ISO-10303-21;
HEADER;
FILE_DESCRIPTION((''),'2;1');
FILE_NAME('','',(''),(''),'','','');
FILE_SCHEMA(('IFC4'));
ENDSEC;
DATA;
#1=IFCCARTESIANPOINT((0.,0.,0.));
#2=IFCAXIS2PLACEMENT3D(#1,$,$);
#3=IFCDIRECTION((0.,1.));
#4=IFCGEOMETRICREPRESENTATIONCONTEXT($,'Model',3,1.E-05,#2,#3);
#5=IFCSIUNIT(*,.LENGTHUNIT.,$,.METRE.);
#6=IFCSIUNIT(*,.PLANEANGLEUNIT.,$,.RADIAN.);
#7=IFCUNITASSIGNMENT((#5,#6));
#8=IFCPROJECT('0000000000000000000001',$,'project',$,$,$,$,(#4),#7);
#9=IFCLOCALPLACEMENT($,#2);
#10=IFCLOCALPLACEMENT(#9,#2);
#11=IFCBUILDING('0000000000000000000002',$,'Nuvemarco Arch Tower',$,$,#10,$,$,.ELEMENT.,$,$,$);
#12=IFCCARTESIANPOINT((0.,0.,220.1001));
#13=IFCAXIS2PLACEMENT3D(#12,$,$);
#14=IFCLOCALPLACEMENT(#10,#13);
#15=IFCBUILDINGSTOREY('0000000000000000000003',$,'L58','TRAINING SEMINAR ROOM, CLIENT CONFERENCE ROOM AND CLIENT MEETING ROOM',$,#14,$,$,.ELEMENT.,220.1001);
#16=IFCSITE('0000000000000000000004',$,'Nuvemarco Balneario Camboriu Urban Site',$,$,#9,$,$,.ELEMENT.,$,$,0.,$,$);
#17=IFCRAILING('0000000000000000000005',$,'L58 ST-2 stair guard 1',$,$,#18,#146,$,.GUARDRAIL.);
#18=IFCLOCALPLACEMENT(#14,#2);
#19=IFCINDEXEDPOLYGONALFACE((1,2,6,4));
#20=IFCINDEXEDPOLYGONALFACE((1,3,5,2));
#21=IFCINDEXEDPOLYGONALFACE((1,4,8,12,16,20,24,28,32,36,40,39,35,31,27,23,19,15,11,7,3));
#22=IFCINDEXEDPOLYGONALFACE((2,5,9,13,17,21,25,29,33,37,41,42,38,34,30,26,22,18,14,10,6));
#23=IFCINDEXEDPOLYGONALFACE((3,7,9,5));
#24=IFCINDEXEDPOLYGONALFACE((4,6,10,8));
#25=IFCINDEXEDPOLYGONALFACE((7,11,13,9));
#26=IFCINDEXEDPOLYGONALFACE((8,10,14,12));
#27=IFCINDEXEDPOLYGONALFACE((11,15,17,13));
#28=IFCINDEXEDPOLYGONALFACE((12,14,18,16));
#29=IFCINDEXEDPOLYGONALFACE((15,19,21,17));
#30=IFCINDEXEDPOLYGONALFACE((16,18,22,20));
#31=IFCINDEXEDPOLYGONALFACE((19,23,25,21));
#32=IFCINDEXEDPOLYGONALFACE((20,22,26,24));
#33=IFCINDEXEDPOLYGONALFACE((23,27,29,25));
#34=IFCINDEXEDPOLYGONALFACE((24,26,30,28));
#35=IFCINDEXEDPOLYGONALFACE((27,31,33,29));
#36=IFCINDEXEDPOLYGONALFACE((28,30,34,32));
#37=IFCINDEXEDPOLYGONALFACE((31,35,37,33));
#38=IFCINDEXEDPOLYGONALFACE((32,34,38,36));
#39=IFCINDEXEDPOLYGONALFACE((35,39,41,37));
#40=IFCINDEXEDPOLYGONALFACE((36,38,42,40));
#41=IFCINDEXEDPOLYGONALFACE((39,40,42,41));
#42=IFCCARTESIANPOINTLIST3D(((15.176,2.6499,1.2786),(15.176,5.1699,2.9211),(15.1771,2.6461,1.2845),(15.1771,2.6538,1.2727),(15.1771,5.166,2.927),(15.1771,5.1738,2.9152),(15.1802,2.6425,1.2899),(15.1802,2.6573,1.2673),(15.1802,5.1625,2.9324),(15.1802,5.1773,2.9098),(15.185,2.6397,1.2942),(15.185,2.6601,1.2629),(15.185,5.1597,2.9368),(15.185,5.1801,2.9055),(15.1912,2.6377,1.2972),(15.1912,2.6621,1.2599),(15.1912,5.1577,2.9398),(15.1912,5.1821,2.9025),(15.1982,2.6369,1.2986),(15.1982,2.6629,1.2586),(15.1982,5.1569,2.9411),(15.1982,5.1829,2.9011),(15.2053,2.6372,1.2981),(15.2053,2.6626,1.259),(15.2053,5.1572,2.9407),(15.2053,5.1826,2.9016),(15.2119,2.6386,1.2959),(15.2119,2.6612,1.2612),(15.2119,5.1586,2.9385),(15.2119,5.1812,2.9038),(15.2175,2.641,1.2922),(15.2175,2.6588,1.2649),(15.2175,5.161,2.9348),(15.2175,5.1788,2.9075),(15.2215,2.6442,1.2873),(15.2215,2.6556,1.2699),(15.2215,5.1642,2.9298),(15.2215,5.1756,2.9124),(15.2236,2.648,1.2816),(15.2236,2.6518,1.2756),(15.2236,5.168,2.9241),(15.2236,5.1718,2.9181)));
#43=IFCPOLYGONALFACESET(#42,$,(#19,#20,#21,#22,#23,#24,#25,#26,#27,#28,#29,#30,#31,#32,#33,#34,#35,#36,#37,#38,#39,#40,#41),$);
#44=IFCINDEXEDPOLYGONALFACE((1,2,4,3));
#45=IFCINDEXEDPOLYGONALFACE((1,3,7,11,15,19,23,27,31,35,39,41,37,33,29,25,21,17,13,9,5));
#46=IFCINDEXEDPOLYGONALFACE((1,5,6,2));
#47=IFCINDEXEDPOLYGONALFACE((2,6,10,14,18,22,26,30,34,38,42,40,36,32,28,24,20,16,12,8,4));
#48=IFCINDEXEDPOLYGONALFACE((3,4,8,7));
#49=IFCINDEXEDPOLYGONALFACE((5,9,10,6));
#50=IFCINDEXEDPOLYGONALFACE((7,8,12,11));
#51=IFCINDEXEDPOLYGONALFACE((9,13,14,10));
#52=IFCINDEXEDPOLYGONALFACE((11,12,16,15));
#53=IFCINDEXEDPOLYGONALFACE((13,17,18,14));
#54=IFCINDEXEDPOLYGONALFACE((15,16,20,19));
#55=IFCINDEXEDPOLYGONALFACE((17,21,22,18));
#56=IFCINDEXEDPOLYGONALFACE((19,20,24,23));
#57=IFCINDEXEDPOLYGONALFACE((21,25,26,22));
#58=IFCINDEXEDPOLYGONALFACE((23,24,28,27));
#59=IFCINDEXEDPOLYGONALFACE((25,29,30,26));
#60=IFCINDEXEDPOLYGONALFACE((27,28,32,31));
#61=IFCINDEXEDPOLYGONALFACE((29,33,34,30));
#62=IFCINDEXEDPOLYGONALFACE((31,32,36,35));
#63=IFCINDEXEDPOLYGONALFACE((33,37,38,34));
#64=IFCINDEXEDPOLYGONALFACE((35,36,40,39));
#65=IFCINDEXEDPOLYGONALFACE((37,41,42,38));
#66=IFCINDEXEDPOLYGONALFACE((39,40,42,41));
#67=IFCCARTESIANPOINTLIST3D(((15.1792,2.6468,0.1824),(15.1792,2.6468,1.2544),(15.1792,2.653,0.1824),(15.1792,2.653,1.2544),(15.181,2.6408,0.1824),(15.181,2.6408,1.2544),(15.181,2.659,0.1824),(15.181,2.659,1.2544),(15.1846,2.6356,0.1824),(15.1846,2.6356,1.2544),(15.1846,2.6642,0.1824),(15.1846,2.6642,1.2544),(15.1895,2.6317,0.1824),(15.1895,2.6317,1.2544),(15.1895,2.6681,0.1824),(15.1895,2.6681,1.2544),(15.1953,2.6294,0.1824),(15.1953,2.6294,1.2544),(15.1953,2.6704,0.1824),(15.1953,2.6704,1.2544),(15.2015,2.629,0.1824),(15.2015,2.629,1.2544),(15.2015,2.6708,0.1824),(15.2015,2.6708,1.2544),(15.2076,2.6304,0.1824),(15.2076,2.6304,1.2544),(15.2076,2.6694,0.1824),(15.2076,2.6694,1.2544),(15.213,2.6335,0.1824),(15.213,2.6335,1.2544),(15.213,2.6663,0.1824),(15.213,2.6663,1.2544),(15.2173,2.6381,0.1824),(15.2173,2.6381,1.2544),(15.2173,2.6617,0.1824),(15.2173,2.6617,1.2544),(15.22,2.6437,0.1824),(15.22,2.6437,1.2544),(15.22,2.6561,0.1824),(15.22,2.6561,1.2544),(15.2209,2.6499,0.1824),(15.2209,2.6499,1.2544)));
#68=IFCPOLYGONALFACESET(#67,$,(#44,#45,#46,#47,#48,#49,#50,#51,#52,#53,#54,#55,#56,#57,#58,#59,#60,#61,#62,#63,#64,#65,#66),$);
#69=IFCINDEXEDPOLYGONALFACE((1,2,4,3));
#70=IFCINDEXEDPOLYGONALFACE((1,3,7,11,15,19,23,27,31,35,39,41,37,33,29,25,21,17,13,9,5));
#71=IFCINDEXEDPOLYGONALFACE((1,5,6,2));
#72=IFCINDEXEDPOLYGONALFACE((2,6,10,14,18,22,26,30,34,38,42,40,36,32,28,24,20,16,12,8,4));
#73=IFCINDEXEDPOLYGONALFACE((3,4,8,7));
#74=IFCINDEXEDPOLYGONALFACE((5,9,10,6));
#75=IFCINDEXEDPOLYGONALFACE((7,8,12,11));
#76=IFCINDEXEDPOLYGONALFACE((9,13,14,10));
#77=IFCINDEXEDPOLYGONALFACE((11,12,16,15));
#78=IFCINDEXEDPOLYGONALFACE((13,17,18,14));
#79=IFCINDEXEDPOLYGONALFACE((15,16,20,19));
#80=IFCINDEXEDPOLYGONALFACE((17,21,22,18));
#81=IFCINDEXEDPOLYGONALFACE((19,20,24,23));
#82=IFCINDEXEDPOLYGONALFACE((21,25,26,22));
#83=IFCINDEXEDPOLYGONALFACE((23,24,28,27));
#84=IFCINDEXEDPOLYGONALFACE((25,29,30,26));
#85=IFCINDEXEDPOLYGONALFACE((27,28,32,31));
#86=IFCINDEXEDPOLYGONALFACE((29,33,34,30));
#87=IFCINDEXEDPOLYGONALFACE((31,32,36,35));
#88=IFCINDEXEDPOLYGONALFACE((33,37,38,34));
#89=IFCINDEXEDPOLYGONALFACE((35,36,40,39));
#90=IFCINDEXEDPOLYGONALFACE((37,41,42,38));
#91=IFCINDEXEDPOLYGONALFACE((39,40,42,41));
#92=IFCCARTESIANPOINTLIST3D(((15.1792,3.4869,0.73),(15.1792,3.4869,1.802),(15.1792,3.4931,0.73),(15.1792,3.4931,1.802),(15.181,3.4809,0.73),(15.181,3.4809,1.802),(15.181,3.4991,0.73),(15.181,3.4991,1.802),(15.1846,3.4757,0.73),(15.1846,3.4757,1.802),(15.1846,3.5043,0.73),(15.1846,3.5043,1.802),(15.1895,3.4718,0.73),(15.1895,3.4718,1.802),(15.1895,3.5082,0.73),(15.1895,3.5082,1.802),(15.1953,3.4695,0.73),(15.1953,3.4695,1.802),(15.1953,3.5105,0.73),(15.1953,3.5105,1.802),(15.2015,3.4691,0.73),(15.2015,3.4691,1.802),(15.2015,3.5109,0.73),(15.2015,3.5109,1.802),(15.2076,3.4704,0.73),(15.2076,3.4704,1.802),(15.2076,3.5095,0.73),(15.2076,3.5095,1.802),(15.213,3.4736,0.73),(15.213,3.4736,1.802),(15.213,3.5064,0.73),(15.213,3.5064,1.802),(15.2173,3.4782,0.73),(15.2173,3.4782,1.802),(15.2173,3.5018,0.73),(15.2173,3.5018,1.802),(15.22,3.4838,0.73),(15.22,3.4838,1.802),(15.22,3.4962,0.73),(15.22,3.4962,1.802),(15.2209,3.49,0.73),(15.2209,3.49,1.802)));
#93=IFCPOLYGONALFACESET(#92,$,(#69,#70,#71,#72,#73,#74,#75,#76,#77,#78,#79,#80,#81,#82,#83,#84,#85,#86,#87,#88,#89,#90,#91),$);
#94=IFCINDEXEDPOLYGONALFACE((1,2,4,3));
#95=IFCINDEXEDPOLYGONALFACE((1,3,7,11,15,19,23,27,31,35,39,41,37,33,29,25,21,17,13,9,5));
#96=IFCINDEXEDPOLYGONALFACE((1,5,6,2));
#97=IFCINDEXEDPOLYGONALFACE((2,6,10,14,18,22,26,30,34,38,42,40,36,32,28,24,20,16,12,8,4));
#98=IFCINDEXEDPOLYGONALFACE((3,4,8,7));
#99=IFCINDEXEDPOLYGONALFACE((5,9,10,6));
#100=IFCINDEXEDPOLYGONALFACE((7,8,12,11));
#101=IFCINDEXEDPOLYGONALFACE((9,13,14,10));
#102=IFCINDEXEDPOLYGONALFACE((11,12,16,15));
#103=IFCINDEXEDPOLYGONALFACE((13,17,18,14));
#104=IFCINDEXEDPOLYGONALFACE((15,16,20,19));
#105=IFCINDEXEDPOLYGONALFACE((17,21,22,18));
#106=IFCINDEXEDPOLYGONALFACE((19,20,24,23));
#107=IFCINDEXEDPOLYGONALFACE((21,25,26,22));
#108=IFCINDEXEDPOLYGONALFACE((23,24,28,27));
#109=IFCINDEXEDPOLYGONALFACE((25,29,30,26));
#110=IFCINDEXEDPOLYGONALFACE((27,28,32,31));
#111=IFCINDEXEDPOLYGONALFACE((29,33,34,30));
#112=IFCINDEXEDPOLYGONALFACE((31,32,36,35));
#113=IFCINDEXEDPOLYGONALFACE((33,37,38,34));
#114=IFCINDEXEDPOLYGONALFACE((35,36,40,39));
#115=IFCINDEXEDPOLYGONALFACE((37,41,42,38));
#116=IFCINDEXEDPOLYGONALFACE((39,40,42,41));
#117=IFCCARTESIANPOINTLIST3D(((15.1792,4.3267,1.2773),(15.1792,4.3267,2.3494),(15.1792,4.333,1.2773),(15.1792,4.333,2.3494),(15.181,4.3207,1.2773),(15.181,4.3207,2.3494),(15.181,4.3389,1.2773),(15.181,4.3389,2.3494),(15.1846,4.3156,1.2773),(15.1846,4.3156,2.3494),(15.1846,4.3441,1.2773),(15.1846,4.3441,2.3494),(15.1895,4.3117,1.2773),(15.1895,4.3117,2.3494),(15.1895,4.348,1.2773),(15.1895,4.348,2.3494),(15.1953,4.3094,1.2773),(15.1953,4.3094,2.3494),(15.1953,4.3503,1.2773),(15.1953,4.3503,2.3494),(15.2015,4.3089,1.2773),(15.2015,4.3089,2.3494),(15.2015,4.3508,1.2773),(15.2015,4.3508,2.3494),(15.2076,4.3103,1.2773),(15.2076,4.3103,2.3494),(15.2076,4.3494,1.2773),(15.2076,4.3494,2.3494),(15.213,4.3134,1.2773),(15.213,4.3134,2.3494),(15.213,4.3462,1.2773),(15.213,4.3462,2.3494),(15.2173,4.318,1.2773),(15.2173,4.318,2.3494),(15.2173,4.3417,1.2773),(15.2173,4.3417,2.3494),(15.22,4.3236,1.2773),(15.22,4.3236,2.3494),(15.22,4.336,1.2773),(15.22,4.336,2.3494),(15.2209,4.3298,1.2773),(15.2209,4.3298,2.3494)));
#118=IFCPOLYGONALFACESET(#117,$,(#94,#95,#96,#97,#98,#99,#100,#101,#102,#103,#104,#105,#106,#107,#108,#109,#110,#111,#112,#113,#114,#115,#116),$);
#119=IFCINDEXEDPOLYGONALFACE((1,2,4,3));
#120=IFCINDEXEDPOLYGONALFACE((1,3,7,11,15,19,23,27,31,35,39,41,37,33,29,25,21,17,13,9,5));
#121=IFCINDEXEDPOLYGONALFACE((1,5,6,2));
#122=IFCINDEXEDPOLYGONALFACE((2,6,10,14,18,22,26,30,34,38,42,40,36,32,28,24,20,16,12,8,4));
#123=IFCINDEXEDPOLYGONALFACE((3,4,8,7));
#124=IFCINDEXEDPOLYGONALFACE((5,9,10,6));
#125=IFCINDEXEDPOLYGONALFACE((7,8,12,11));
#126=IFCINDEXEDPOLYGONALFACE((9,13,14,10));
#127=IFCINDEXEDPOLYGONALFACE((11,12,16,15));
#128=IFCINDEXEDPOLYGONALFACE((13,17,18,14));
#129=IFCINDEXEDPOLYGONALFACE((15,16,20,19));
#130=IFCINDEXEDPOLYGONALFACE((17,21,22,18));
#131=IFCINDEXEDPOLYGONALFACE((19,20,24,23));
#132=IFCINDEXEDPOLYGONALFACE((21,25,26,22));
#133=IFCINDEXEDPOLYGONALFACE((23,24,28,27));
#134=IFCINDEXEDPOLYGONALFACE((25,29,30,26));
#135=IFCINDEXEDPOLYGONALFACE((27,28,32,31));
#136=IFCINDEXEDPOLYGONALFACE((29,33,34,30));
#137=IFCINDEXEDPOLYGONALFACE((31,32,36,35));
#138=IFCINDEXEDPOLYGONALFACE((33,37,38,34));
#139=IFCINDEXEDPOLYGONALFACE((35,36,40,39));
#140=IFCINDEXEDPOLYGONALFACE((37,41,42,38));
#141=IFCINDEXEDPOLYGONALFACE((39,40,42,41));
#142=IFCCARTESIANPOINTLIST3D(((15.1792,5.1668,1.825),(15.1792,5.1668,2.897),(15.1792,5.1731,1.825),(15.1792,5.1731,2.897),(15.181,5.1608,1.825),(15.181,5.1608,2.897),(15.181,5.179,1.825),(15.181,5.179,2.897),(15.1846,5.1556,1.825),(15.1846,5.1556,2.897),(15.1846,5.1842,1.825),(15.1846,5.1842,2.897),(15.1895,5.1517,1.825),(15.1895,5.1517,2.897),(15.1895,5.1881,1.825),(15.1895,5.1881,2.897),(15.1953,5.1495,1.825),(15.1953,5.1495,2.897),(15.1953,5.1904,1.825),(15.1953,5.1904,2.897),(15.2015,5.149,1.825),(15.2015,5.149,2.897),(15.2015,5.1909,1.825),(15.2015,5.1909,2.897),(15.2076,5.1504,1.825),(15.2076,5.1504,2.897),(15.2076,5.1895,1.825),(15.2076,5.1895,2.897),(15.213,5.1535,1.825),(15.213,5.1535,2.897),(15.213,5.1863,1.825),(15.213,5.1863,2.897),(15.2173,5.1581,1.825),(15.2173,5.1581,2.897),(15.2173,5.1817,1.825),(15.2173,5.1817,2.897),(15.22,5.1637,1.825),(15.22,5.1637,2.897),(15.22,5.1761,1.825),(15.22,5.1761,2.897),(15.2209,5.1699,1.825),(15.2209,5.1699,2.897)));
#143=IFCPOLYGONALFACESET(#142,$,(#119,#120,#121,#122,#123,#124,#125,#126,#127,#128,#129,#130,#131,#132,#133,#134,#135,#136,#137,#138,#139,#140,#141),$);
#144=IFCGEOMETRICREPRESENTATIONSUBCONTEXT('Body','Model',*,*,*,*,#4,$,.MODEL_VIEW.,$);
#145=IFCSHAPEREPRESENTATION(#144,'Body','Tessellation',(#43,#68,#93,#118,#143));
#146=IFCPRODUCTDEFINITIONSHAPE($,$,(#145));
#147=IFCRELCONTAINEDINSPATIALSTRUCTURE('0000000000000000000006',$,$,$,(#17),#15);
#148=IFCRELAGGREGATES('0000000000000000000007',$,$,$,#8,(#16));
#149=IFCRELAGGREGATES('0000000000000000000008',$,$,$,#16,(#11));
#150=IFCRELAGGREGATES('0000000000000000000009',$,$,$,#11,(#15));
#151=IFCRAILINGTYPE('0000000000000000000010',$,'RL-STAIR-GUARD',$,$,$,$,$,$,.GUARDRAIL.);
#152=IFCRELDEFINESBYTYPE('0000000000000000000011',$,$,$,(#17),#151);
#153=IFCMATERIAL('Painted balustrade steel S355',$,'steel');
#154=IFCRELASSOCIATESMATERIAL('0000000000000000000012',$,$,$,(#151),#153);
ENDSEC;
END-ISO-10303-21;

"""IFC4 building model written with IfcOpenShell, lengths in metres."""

from ifc_helpers import new_model, si_unit, direction, frame, origin, origin_2d, place, context, subcontext, project, spatial, circle, extrude, material, type_object, element, save


model = new_model("IFC4")

# Units and contexts
model_context = context("Model", 3, precision=1e-05, world=origin(), true_north=direction((0.0, 1.0)))
body_context = subcontext(model_context, "Body", "Model", "MODEL_VIEW")
ifc_project = project(units=[si_unit("LENGTHUNIT", "METRE"), si_unit("PLANEANGLEUNIT", "RADIAN")], contexts=[model_context])

# Site, building, storey
site_placement = place(None, origin())
site = spatial("IfcSite", under=ifc_project, at=site_placement, Name="Nuvemarco Balneario Camboriu Urban Site", CompositionType="ELEMENT", RefElevation=0.0)
building_placement = place(site_placement, origin())
building = spatial("IfcBuilding", under=site, at=building_placement, Name="Nuvemarco Arch Tower", CompositionType="ELEMENT")
storey_placement = place(building_placement, frame((0.0, 0.0, 220.1001)))
storey = spatial("IfcBuildingStorey", under=building, at=storey_placement, Name="L58", Description="TRAINING SEMINAR ROOM, CLIENT CONFERENCE ROOM AND CLIENT MEETING ROOM", CompositionType="ELEMENT", Elevation=220.1001)

# Railing
ifc_material_1 = material(Name="Painted balustrade steel S355", Category="steel")
railing_type_1 = type_object("IfcRailingType", Name="RL-STAIR-GUARD", PredefinedType="GUARDRAIL", material=ifc_material_1)
railing_1_placement = place(storey_placement, frame((15.2, 2.6499, 0.1824)))
element("IfcRailing", 1, at=railing_1_placement, inside=storey, type_object=railing_type_1, Name="L58 ST-2 stair guard 1", PredefinedType="GUARDRAIL", context=body_context, shape_type="SweptSolid", body=[
    extrude(circle(Radius=0.0239, at=origin_2d()), frame((0.0, 0.0, 1.0962), z_axis=(0.0, 0.837749, 0.546055), x_axis=(-1.0, 0.0, 0.0)), (0.0, 0.0, 1.0), 3.0081),
    extrude(circle(Radius=0.021, at=origin_2d()), origin(), (0.0, 0.0, 1.0), 1.072),
    extrude(circle(Radius=0.021, at=origin_2d()), frame((0.0, 0.8401, 0.5476)), (0.0, 0.0, 1.0), 1.072),
    extrude(circle(Radius=0.021, at=origin_2d()), frame((0.0, 1.6799, 1.095)), (0.0, 0.0, 1.0), 1.072),
    extrude(circle(Radius=0.021, at=origin_2d()), frame((0.0, 2.52, 1.6426)), (0.0, 0.0, 1.0), 1.072),
])

save(model, "model.ifc")
